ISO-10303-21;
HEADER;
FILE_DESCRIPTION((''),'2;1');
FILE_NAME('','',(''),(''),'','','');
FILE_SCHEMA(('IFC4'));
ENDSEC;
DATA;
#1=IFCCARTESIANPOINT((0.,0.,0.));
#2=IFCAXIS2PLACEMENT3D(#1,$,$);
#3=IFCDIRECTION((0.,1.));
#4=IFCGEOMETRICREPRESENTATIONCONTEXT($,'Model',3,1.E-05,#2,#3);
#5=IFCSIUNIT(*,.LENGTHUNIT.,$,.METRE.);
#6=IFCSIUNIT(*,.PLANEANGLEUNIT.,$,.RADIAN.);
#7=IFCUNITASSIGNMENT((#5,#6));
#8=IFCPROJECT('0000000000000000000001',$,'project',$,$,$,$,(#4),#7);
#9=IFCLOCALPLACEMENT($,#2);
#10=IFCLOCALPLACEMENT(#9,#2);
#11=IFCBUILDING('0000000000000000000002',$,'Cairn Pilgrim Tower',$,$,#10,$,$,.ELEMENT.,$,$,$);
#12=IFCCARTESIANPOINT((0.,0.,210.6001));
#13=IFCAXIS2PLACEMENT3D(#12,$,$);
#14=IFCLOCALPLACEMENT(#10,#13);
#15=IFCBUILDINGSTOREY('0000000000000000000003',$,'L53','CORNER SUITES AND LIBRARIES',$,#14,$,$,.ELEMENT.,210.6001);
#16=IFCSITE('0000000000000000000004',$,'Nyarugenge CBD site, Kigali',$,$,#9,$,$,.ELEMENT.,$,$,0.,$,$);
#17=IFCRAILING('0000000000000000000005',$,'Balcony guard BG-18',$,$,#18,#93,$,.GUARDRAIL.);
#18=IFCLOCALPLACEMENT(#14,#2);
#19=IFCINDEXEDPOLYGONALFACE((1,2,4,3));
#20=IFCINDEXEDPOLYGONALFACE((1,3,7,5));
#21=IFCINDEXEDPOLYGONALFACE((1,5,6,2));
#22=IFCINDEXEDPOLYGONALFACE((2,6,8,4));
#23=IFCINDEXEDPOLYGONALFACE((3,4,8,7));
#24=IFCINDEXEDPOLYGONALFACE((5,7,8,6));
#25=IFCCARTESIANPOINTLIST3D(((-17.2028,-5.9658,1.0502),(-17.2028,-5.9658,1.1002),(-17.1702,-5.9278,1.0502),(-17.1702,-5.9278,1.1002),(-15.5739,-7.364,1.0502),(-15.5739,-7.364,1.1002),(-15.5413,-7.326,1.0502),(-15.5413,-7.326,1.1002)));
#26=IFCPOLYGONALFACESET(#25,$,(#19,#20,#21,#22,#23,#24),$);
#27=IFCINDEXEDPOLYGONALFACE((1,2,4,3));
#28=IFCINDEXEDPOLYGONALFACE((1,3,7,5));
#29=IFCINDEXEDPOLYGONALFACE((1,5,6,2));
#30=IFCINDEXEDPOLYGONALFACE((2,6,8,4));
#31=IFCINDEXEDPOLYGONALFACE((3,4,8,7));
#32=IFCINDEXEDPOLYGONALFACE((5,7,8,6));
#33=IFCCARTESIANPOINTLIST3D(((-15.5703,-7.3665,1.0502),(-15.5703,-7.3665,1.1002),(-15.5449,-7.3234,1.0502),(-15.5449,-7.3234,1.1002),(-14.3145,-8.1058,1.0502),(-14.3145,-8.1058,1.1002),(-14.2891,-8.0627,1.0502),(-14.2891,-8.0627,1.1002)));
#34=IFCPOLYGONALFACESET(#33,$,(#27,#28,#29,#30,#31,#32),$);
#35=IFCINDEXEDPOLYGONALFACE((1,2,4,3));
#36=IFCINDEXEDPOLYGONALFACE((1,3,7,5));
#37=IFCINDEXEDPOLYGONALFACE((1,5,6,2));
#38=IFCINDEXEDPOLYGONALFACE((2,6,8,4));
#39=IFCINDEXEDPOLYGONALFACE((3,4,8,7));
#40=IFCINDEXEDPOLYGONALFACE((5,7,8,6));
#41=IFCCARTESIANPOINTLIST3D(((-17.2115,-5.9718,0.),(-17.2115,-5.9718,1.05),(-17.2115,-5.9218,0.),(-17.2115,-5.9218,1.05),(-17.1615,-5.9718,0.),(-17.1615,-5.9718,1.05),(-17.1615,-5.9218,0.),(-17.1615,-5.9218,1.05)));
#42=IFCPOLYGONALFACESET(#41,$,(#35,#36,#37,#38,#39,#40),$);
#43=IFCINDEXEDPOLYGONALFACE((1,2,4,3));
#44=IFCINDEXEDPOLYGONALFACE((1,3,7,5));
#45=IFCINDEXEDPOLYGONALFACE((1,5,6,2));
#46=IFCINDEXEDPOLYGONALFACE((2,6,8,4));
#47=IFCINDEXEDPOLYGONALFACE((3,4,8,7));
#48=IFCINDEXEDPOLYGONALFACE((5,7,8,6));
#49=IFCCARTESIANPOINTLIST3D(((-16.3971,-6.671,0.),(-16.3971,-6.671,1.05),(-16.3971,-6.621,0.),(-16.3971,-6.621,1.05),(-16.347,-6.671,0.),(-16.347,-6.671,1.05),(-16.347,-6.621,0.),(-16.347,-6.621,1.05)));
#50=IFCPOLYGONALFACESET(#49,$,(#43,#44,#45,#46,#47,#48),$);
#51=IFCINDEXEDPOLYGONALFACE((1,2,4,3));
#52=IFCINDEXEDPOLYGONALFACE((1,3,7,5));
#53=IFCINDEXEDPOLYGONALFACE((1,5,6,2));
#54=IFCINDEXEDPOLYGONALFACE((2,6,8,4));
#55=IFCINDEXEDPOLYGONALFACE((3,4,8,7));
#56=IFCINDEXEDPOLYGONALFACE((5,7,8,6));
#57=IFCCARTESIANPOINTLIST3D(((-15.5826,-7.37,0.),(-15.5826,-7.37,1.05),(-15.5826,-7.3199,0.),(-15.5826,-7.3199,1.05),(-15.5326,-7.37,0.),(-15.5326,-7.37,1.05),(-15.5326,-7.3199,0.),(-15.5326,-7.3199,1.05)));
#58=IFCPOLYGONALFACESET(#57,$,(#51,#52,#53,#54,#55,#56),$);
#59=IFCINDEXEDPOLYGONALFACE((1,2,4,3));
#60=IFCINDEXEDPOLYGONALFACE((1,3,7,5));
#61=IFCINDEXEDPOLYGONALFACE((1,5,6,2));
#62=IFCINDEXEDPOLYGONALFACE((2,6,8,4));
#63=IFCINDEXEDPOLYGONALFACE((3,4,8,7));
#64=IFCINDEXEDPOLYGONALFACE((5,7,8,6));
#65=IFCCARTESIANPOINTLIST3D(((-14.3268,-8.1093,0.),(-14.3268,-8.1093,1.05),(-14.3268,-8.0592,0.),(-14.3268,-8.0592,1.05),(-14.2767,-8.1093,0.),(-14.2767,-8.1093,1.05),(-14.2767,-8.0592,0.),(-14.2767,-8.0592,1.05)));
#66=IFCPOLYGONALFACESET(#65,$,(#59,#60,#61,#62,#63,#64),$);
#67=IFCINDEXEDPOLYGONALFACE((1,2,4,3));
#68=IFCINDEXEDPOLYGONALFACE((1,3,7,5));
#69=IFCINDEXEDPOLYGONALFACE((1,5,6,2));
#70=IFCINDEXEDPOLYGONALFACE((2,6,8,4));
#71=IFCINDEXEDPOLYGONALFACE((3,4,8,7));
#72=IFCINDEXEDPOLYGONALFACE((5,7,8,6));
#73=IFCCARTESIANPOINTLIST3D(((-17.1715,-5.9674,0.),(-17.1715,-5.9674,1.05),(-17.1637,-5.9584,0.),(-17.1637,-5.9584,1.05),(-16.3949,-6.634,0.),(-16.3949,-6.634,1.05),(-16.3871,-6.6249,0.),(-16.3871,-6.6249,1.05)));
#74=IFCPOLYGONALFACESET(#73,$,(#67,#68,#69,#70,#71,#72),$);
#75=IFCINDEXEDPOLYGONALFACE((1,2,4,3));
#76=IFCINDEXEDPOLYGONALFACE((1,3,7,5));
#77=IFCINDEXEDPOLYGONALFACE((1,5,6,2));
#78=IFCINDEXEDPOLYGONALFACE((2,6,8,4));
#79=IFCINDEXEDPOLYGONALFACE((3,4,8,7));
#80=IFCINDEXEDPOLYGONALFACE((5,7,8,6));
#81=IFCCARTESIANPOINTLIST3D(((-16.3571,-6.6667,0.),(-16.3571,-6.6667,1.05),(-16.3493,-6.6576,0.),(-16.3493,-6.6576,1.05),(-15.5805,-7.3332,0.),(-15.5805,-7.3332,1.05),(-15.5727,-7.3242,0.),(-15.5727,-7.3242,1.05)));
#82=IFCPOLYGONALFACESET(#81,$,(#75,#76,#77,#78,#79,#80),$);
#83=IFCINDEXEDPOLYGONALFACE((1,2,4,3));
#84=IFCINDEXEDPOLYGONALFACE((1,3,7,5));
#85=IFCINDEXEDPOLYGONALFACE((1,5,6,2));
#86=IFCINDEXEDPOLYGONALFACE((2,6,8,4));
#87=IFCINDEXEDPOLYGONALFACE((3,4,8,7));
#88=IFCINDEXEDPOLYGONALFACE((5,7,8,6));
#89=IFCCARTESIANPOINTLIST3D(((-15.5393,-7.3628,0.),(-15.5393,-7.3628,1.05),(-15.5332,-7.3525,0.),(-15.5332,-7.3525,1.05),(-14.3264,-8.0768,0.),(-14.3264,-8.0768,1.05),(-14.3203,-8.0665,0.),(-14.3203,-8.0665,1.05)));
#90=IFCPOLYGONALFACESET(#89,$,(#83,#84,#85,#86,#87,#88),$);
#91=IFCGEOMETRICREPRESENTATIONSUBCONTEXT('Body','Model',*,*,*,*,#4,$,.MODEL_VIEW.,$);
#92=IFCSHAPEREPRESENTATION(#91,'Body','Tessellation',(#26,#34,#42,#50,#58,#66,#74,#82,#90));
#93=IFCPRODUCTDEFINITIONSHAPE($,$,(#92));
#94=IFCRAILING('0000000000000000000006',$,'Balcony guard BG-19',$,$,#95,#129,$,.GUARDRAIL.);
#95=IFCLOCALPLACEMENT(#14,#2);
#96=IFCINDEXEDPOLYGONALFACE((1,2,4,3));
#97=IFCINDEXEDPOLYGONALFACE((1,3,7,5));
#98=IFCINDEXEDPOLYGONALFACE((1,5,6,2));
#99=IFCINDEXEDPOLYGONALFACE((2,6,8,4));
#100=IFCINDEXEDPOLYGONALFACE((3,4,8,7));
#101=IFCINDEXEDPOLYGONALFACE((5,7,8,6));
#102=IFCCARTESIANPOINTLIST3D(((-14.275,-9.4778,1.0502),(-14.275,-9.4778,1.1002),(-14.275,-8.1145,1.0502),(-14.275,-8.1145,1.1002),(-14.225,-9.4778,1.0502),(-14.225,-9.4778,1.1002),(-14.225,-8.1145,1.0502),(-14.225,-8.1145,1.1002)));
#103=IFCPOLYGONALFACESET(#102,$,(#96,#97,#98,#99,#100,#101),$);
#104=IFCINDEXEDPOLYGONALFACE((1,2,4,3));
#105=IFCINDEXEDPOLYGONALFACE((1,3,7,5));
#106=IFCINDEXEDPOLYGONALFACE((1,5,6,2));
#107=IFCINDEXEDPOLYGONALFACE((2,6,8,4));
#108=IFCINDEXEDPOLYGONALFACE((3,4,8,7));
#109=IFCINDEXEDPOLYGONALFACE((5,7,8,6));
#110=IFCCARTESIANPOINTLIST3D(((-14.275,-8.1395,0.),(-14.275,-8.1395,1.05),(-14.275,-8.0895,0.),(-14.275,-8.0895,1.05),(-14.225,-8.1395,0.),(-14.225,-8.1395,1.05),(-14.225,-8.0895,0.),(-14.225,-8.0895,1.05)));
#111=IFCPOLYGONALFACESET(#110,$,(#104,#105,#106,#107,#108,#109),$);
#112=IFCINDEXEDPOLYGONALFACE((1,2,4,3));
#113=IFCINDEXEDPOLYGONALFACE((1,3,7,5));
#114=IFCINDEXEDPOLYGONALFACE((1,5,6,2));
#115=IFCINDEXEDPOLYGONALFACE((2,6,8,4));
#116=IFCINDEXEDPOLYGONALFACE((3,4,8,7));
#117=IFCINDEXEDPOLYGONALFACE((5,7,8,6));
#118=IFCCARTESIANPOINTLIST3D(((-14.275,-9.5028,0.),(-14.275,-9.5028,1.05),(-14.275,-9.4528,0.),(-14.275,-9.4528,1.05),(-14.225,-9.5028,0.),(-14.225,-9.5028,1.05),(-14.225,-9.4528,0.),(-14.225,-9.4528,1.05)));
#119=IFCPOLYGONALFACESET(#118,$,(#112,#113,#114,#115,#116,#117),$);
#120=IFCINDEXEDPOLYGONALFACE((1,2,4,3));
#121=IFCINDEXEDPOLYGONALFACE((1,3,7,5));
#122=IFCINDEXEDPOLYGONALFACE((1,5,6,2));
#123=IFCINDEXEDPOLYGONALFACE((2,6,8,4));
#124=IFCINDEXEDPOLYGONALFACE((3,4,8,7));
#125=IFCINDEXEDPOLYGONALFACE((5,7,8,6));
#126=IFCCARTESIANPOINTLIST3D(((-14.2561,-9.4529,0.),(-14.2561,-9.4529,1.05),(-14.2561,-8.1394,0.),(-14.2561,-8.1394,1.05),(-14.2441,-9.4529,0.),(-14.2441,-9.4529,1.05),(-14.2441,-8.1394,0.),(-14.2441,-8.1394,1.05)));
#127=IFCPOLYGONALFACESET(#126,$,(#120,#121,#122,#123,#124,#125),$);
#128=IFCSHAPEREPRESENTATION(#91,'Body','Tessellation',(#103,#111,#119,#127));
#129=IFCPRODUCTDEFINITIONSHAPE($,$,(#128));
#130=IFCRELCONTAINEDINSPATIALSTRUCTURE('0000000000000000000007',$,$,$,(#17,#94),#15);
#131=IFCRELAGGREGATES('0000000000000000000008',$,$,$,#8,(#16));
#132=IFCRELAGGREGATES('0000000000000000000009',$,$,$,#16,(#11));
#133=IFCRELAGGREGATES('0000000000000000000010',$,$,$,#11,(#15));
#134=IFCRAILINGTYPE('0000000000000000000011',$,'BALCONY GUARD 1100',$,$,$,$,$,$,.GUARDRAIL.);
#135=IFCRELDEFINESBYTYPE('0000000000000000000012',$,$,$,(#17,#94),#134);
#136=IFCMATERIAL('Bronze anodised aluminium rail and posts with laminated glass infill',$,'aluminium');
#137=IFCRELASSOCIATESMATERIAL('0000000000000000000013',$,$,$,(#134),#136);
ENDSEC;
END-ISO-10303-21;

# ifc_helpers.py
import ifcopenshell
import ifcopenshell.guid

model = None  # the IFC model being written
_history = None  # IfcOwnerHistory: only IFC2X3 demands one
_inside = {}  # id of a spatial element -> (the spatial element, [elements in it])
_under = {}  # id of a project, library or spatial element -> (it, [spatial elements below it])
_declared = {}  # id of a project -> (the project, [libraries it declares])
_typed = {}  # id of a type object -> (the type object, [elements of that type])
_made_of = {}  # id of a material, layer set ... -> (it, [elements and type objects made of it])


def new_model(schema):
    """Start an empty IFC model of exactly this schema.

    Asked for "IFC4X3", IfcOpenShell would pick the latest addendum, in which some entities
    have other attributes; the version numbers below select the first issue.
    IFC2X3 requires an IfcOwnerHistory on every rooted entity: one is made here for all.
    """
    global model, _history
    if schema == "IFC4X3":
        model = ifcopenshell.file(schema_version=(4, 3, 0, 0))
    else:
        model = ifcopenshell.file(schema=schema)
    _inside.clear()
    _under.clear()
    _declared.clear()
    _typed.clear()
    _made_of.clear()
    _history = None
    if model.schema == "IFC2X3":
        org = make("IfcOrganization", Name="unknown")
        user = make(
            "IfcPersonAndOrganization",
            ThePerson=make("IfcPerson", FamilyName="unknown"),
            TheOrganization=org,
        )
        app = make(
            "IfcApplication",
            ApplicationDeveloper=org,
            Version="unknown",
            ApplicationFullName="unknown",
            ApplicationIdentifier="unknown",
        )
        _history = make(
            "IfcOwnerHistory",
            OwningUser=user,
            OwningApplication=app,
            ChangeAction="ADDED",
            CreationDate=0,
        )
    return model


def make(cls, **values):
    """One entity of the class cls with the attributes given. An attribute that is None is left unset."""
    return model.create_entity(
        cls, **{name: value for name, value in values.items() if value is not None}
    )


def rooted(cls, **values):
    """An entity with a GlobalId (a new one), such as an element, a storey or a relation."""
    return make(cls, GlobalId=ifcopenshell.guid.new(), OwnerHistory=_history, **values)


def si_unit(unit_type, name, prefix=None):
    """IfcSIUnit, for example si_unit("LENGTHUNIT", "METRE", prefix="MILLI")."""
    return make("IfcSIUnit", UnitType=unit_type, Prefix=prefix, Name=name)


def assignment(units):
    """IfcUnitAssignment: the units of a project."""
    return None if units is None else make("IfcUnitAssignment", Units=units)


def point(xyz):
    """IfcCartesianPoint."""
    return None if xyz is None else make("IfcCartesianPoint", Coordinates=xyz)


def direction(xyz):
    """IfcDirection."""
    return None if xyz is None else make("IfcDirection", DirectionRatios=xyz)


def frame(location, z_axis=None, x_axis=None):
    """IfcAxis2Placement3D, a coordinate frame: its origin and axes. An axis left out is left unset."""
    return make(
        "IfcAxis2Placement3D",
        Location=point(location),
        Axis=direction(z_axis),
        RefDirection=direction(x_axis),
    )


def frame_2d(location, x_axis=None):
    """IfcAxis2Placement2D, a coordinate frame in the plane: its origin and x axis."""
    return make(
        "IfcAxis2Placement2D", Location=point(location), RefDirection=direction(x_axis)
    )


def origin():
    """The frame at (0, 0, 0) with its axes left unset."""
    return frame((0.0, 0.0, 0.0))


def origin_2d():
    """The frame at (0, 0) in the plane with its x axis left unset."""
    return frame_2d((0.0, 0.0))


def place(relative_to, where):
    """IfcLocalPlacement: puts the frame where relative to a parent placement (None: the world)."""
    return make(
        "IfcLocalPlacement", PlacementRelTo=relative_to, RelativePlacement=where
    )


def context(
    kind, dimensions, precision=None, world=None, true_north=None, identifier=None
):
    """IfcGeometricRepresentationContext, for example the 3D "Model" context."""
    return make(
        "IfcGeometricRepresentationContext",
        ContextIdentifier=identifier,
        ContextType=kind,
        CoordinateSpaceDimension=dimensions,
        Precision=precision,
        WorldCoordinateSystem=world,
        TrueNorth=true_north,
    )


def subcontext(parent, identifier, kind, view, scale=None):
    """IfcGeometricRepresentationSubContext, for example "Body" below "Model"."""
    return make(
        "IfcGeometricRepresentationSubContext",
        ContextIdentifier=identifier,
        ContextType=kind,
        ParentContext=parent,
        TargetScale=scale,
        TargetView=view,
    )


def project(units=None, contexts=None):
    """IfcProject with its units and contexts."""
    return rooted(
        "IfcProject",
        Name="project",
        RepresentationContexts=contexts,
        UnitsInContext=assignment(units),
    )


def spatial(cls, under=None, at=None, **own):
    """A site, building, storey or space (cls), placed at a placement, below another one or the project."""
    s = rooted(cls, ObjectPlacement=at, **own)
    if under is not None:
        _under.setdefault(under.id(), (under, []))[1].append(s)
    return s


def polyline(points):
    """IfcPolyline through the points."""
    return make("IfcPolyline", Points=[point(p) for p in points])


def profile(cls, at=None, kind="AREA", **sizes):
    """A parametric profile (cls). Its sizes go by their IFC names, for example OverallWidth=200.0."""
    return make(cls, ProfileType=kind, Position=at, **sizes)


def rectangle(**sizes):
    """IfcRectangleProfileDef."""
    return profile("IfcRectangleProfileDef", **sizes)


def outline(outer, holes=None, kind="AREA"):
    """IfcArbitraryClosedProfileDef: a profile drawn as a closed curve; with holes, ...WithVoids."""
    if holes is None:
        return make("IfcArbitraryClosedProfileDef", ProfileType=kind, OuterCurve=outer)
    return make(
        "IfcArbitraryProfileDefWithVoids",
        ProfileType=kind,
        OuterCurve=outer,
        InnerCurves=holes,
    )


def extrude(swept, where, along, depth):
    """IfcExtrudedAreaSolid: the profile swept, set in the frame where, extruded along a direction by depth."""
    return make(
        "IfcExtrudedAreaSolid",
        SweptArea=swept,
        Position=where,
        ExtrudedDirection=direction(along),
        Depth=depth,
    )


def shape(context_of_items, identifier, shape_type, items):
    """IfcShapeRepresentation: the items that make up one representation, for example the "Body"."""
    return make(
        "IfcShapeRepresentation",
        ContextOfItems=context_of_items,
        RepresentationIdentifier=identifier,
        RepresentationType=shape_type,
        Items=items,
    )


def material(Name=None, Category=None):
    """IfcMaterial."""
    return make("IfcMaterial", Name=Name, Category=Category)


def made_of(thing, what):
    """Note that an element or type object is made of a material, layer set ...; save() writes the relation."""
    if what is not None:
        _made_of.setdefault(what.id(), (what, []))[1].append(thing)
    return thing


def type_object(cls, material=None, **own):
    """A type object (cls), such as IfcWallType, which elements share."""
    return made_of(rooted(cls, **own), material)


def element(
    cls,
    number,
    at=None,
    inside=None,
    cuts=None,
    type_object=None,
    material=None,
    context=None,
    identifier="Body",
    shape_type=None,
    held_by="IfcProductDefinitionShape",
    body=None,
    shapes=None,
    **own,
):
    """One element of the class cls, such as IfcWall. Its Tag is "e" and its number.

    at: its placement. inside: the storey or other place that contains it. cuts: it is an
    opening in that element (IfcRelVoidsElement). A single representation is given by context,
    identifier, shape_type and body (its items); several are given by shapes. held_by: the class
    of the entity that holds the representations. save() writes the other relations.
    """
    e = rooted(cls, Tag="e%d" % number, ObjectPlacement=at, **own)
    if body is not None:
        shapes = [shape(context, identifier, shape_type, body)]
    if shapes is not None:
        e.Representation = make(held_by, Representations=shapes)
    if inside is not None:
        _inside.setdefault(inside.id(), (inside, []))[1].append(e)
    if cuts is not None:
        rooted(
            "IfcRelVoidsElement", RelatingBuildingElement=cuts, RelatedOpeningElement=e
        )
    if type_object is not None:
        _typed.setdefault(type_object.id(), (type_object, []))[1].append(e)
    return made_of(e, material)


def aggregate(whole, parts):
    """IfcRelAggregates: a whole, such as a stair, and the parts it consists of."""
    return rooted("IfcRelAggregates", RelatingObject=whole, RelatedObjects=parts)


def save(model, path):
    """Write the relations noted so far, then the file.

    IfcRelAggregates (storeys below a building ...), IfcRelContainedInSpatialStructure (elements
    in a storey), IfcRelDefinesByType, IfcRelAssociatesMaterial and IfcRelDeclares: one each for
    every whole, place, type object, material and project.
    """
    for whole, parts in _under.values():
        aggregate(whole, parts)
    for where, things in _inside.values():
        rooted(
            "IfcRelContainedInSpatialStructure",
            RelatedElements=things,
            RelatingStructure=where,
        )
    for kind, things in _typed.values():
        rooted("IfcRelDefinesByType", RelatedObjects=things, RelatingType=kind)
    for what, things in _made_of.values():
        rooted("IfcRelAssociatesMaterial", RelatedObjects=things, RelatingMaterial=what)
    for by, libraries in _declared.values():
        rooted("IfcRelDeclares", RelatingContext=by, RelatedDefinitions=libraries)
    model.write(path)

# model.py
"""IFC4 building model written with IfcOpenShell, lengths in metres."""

from ifc_helpers import new_model, si_unit, direction, frame, origin, origin_2d, place, context, subcontext, project, spatial, polyline, rectangle, outline, extrude, material, type_object, element, save


model = new_model("IFC4")

# Units and contexts
model_context = context("Model", 3, precision=1e-05, world=origin(), true_north=direction((0.0, 1.0)))
body_context = subcontext(model_context, "Body", "Model", "MODEL_VIEW")
ifc_project = project(units=[si_unit("LENGTHUNIT", "METRE"), si_unit("PLANEANGLEUNIT", "RADIAN")], contexts=[model_context])

# Site, building, storey
site_placement = place(None, origin())
site = spatial("IfcSite", under=ifc_project, at=site_placement, Name="Nyarugenge CBD site, Kigali", CompositionType="ELEMENT", RefElevation=0.0)
building_placement = place(site_placement, origin())
building = spatial("IfcBuilding", under=site, at=building_placement, Name="Cairn Pilgrim Tower", CompositionType="ELEMENT")
storey_placement = place(building_placement, frame((0.0, 0.0, 210.6001)))
storey = spatial("IfcBuildingStorey", under=building, at=storey_placement, Name="L53", Description="CORNER SUITES AND LIBRARIES", CompositionType="ELEMENT", Elevation=210.6001)

# Railings
ifc_material_1 = material(Name="Bronze anodised aluminium rail and posts with laminated glass infill", Category="aluminium")
railing_type = type_object("IfcRailingType", Name="BALCONY GUARD 1100", PredefinedType="GUARDRAIL", material=ifc_material_1)
railing_1_placement = place(storey_placement, frame((-17.1865, -5.9468, 0.0)))
element("IfcRailing", 1, at=railing_1_placement, inside=storey, type_object=railing_type, Name="Balcony guard BG-18", PredefinedType="GUARDRAIL", context=body_context, shape_type="SweptSolid", body=[
    extrude(rectangle(XDim=0.05, YDim=0.05, at=origin_2d()), frame((0.0, 0.0, 1.0752), z_axis=(0.758799, -0.651325, 0.0), x_axis=(0.651325, 0.758799, 0.0)), (0.0, 0.0, 1.0), 2.1467),
    extrude(rectangle(XDim=0.05, YDim=0.05, at=origin_2d()), frame((1.6289, -1.3982, 1.0752), z_axis=(0.861779, -0.507284, 0.0), x_axis=(0.507284, 0.861779, 0.0)), (0.0, 0.0, 1.0), 1.4573),
    extrude(rectangle(XDim=0.05, YDim=0.05, at=origin_2d()), origin(), (0.0, 0.0, 1.0), 1.05),
    extrude(rectangle(XDim=0.05, YDim=0.05, at=origin_2d()), frame((0.8145, -0.6992, 0.0)), (0.0, 0.0, 1.0), 1.05),
    extrude(rectangle(XDim=0.05, YDim=0.05, at=origin_2d()), frame((1.6289, -1.3982, 0.0)), (0.0, 0.0, 1.0), 1.05),
    extrude(rectangle(XDim=0.05, YDim=0.05, at=origin_2d()), frame((2.8848, -2.1375, 0.0)), (0.0, 0.0, 1.0), 1.05),
    extrude(outline(polyline([(0.0249, 0.0), (1.0483, 0.0), (1.0483, 1.05), (0.0249, 1.05), (0.0249, 0.0)])), frame((0.0039, 0.0046, 0.0), z_axis=(-0.651325, -0.758799, 0.0), x_axis=(0.758799, -0.651325, 0.0)), (0.0, 0.0, 1.0), 0.012),
    extrude(outline(polyline([(0.0249, 0.0), (1.0483, 0.0), (1.0483, 1.05), (0.0249, 1.05), (0.0249, 0.0)])), frame((0.8184, -0.6946, 0.0), z_axis=(-0.651325, -0.758799, 0.0), x_axis=(0.758799, -0.651325, 0.0)), (0.0, 0.0, 1.0), 0.012),
    extrude(outline(polyline([(0.0249, 0.0), (1.4324, 0.0), (1.4324, 1.05), (0.0249, 1.05), (0.0249, 0.0)])), frame((1.6318, -1.3931, 0.0), z_axis=(-0.507284, -0.861779, 0.0), x_axis=(0.861779, -0.507284, 0.0)), (0.0, 0.0, 1.0), 0.012),
])
railing_2_placement = place(storey_placement, frame((-14.25, -8.1145, 0.0)))
element("IfcRailing", 2, at=railing_2_placement, inside=storey, type_object=railing_type, Name="Balcony guard BG-19", PredefinedType="GUARDRAIL", context=body_context, shape_type="SweptSolid", body=[
    extrude(rectangle(XDim=0.05, YDim=0.05, at=origin_2d()), frame((0.0, 0.0, 1.0752), z_axis=(0.0, -1.0, 0.0), x_axis=(1.0, 0.0, 0.0)), (0.0, 0.0, 1.0), 1.3633),
    extrude(rectangle(XDim=0.05, YDim=0.05, at=origin_2d()), origin(), (0.0, 0.0, 1.0), 1.05),
    extrude(rectangle(XDim=0.05, YDim=0.05, at=origin_2d()), frame((0.0, -1.3633, 0.0)), (0.0, 0.0, 1.0), 1.05),
    extrude(outline(polyline([(0.0249, 0.0), (1.3384, 0.0), (1.3384, 1.05), (0.0249, 1.05), (0.0249, 0.0)])), frame((0.0059, 0.0, 0.0), z_axis=(-1.0, 0.0, 0.0), x_axis=(0.0, -1.0, 0.0)), (0.0, 0.0, 1.0), 0.012),
])

save(model, "model.ifc")
